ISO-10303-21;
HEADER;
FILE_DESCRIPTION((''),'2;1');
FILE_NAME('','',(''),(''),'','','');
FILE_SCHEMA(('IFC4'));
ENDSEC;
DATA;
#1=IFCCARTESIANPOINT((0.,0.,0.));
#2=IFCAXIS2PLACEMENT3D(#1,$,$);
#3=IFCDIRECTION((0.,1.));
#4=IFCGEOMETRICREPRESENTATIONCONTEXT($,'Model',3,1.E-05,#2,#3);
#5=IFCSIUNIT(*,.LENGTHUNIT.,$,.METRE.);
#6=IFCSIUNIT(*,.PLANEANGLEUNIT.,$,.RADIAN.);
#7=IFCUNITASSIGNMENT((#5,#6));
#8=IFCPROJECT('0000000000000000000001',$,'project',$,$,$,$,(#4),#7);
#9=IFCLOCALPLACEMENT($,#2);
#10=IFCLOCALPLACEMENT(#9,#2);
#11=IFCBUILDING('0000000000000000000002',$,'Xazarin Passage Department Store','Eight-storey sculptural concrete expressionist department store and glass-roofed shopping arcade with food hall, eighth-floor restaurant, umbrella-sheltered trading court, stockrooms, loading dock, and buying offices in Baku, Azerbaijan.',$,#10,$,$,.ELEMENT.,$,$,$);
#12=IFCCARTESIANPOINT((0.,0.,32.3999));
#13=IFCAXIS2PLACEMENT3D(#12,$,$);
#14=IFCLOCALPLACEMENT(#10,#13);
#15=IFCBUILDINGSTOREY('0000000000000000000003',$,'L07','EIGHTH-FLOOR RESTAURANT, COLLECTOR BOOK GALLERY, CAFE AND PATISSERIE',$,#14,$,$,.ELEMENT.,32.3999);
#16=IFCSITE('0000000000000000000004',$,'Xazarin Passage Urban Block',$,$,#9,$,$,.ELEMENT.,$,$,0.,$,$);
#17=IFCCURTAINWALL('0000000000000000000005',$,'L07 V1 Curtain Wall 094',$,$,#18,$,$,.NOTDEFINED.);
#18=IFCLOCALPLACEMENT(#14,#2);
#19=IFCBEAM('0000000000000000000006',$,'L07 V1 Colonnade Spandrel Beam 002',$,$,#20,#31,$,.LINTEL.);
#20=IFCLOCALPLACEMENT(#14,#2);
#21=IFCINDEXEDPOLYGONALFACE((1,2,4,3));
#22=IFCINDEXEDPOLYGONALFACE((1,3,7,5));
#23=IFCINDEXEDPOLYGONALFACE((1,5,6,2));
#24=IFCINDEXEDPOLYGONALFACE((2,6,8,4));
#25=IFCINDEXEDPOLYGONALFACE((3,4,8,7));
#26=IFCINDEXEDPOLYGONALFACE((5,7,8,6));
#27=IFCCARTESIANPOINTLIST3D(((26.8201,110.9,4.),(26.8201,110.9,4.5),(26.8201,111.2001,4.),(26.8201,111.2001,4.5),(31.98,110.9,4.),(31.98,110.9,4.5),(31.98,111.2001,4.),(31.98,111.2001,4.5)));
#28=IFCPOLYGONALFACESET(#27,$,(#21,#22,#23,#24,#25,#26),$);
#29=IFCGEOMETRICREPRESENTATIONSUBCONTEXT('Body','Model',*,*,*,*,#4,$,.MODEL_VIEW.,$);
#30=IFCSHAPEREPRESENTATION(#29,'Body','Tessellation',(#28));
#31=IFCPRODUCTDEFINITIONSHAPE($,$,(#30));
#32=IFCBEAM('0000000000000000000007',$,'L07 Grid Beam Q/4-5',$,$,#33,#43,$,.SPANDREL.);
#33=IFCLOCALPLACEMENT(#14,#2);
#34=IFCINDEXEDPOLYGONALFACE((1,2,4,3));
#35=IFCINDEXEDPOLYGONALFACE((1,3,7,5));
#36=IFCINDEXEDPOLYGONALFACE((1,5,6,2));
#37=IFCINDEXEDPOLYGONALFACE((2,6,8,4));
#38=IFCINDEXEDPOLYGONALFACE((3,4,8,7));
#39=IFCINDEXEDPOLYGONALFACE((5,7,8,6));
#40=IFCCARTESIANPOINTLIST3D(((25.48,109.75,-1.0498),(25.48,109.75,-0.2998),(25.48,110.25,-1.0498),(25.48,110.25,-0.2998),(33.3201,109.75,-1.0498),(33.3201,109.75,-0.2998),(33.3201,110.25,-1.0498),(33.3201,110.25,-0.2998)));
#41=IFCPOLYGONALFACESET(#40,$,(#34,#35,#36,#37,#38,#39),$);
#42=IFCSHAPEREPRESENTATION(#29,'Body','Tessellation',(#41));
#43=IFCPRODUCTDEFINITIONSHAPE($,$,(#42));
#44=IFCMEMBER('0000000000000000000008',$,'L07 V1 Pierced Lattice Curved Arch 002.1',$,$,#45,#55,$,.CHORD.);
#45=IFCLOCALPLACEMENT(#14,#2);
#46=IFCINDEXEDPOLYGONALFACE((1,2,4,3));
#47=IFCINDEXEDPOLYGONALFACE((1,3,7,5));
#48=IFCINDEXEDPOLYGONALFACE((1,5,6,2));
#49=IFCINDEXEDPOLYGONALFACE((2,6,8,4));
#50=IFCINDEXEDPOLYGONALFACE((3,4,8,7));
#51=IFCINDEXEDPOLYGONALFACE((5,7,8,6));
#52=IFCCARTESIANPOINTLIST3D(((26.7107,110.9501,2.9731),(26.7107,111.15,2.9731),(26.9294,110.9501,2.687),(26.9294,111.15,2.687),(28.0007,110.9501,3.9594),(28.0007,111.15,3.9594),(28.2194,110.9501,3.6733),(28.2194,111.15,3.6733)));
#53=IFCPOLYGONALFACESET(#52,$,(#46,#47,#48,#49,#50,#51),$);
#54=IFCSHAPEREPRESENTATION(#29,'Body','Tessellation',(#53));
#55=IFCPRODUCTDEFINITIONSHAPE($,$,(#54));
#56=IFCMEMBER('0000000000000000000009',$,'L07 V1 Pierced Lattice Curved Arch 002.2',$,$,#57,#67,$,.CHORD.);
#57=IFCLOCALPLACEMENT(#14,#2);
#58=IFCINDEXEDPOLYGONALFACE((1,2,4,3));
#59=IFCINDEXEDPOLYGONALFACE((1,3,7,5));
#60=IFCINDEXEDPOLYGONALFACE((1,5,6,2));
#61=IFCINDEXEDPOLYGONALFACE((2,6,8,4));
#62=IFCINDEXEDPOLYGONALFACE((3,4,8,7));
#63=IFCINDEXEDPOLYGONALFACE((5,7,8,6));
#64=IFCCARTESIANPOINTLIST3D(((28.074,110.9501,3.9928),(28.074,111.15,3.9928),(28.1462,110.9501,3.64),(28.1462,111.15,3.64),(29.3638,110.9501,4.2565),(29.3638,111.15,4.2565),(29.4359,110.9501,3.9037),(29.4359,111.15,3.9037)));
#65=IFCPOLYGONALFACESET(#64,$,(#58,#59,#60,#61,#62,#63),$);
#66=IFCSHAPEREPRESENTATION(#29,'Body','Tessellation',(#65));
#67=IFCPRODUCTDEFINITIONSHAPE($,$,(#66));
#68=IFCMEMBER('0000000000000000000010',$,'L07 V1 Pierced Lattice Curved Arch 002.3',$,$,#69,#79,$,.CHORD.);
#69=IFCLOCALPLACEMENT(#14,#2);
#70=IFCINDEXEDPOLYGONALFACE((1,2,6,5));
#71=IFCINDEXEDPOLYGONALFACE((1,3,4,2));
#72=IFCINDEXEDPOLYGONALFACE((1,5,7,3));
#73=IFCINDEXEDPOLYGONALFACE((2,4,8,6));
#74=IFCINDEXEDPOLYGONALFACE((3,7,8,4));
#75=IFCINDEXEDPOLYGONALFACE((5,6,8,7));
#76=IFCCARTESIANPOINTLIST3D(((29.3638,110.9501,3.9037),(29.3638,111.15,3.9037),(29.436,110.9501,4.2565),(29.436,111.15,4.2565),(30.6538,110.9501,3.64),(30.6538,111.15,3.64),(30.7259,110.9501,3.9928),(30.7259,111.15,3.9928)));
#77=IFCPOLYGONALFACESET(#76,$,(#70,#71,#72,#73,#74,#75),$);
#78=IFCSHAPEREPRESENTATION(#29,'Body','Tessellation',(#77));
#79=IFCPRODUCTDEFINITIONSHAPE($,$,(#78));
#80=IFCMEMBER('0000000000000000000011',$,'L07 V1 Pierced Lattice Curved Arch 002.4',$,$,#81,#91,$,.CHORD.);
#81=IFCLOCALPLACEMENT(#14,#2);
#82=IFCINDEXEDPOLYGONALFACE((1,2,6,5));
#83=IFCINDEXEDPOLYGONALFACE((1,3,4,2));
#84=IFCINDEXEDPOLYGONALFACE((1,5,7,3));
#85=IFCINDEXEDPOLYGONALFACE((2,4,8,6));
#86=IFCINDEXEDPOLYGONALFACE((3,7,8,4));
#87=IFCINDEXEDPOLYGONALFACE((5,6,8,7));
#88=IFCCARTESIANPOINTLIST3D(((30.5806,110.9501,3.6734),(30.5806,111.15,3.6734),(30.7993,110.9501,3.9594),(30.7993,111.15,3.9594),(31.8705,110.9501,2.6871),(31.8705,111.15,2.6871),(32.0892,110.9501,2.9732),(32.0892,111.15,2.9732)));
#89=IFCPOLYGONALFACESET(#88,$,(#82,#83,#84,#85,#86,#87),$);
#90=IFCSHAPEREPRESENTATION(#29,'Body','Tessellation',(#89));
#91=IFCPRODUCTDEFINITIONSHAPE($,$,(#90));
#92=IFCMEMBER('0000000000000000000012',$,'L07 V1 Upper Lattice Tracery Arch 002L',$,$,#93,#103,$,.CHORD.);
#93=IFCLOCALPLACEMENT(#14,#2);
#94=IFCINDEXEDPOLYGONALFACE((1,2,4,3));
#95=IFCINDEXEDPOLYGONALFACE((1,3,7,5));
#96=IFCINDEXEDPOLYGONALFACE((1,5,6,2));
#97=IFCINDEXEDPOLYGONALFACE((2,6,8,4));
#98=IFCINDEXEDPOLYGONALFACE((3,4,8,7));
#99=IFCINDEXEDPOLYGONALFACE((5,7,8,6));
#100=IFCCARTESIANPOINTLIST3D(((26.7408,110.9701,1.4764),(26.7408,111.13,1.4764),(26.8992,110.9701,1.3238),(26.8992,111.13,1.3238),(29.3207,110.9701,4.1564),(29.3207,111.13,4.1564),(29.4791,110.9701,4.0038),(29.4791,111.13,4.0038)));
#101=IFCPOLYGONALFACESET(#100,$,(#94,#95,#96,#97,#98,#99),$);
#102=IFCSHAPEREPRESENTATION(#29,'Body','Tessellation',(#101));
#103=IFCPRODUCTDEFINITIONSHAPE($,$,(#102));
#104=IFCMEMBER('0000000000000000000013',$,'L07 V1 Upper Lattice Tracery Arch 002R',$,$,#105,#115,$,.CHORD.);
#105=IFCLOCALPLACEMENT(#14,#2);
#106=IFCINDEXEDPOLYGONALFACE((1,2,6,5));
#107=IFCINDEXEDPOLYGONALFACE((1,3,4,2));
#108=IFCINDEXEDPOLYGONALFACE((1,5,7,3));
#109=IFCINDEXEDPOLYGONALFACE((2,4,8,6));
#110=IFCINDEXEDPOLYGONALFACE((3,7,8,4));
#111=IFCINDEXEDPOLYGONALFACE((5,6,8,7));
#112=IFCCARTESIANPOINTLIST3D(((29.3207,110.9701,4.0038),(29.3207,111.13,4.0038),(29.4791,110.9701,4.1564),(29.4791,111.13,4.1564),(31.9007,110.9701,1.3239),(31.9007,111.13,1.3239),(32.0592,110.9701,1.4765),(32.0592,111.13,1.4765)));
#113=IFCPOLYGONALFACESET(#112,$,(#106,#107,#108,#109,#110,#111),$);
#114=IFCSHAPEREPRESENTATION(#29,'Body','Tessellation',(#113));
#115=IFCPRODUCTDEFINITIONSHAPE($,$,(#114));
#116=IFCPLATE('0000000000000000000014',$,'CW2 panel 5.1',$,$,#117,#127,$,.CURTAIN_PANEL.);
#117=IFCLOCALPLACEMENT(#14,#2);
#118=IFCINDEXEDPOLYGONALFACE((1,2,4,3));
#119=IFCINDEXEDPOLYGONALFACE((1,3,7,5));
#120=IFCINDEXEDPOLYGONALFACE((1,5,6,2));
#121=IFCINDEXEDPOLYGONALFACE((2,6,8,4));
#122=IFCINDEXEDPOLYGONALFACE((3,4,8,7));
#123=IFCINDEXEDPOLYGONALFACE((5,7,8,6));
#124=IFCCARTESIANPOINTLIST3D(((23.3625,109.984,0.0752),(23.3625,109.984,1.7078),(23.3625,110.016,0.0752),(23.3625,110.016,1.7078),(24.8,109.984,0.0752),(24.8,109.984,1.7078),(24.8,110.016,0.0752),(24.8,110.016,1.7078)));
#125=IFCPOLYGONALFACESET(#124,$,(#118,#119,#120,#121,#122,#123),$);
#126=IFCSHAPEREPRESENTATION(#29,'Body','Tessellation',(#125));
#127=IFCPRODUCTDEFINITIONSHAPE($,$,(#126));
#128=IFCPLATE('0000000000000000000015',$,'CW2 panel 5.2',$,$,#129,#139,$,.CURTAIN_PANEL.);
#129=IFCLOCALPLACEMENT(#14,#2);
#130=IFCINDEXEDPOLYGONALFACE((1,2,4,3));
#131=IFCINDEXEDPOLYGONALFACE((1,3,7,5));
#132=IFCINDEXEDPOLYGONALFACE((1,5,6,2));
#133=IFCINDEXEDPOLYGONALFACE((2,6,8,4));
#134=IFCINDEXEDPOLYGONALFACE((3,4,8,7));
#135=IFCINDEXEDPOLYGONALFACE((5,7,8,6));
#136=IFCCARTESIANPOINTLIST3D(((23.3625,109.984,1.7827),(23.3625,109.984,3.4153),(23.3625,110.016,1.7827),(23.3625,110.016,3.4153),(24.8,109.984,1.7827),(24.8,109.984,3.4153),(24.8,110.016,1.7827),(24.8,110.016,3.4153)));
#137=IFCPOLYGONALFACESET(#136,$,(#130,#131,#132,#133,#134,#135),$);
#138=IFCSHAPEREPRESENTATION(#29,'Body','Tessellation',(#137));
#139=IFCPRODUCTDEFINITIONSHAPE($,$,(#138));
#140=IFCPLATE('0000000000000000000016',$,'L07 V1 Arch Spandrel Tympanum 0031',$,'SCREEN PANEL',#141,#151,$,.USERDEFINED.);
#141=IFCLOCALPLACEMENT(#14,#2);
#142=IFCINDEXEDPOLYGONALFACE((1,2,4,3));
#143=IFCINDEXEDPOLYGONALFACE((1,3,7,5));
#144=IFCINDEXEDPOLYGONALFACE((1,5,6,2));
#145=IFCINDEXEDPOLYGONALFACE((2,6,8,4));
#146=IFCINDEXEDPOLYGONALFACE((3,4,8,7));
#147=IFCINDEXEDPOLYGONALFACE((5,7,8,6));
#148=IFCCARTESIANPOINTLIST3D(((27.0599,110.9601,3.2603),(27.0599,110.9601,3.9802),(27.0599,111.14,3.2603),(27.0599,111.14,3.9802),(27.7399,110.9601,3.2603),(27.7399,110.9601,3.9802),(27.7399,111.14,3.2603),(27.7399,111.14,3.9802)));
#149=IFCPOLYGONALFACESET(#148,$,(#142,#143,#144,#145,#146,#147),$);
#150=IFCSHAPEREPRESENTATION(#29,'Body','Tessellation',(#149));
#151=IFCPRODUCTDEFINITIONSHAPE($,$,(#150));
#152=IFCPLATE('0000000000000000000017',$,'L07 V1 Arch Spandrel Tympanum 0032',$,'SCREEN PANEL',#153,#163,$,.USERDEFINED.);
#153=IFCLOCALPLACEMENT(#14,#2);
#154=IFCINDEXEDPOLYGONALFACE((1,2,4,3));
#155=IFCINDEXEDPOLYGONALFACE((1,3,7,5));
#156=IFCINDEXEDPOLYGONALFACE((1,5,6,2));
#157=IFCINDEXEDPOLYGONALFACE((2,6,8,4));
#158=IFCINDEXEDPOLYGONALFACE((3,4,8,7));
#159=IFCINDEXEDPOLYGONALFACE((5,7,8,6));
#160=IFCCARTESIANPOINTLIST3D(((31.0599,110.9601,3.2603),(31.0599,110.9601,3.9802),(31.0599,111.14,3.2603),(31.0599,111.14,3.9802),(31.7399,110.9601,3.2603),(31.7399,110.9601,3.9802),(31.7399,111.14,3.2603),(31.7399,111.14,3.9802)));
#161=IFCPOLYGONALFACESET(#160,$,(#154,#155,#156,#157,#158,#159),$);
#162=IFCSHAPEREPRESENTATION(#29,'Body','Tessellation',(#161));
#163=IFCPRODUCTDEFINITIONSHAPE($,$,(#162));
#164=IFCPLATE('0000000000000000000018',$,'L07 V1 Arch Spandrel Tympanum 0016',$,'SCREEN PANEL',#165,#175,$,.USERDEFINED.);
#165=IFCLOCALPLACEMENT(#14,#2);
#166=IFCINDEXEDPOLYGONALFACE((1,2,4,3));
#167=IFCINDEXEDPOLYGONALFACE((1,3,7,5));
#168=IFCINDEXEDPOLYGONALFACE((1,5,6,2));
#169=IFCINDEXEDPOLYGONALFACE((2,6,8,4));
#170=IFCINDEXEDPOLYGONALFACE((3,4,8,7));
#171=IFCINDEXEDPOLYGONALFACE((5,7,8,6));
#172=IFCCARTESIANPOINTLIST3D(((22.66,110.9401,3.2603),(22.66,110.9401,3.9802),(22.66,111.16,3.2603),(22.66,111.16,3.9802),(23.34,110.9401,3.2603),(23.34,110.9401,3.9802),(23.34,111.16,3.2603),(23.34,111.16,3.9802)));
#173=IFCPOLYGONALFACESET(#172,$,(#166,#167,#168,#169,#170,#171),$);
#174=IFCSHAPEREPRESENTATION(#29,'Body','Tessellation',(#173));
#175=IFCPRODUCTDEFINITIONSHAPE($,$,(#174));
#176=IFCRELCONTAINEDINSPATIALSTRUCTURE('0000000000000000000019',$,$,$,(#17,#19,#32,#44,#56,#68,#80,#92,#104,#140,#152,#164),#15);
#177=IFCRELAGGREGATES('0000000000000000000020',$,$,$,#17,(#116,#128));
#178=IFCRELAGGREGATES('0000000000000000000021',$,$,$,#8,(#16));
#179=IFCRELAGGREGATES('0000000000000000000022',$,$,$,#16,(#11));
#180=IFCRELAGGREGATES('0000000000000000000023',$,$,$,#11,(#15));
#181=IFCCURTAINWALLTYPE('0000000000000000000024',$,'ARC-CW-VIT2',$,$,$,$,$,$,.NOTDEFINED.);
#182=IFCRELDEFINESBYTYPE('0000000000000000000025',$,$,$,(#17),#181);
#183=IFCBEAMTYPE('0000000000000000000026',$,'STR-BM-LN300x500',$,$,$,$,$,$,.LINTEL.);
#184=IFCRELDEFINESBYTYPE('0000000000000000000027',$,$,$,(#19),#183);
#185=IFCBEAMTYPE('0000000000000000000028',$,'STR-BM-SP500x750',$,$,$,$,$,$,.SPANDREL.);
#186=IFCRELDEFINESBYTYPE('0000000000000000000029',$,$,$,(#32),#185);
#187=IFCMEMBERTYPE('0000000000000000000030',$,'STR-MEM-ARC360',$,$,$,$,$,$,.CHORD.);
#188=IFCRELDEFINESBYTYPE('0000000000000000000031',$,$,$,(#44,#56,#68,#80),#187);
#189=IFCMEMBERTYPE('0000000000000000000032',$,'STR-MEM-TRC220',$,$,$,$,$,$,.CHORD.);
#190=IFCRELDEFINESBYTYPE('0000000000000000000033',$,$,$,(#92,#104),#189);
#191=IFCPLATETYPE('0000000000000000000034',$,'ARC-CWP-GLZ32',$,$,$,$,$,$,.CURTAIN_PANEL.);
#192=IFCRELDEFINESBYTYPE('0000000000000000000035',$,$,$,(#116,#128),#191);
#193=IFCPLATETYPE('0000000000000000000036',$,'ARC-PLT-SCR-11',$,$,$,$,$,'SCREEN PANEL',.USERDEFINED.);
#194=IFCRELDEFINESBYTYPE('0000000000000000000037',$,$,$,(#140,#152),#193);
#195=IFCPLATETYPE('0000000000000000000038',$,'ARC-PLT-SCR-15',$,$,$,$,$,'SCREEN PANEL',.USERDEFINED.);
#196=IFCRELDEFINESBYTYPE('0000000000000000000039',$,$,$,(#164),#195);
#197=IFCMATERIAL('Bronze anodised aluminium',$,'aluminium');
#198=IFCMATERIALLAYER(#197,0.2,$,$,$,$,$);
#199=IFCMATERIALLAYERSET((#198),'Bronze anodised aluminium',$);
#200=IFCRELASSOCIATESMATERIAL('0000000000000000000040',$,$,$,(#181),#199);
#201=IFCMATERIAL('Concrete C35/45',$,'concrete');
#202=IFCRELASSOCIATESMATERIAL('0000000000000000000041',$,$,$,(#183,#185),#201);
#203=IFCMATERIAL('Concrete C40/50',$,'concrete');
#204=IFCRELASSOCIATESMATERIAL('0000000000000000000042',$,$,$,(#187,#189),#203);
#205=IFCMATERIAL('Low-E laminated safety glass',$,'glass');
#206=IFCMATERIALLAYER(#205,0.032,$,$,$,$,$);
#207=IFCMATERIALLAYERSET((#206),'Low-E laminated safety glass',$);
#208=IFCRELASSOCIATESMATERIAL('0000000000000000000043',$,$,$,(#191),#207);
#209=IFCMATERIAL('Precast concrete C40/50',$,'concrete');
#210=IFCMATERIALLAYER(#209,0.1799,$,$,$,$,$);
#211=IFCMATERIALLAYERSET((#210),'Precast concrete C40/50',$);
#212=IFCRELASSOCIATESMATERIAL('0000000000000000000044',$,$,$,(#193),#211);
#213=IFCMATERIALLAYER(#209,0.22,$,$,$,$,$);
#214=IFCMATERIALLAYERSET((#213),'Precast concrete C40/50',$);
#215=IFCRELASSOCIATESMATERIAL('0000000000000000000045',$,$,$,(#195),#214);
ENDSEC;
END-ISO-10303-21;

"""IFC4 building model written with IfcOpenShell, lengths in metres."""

from ifc_helpers import new_model, si_unit, direction, frame, origin, origin_2d, place, context, subcontext, project, spatial, rectangle, extrude, material, layer, layer_set, material_profile, profile_set, type_object, element, aggregate, save


model = new_model("IFC4")

# Units and contexts
model_context = context("Model", 3, precision=1e-05, world=origin(), true_north=direction((0.0, 1.0)))
body_context = subcontext(model_context, "Body", "Model", "MODEL_VIEW")
ifc_project = project(units=[si_unit("LENGTHUNIT", "METRE"), si_unit("PLANEANGLEUNIT", "RADIAN")], contexts=[model_context])

# Site, building, storey
site_placement = place(None, origin())
site = spatial("IfcSite", under=ifc_project, at=site_placement, Name="Xazarin Passage Urban Block", CompositionType="ELEMENT", RefElevation=0.0)
building_placement = place(site_placement, origin())
building = spatial("IfcBuilding", under=site, at=building_placement, Name="Xazarin Passage Department Store", Description="Eight-storey sculptural concrete expressionist department store and glass-roofed shopping arcade with food hall, eighth-floor restaurant, umbrella-sheltered trading court, stockrooms, loading dock, and buying offices in Baku, Azerbaijan.", CompositionType="ELEMENT")
storey_placement = place(building_placement, frame((0.0, 0.0, 32.3999)))
storey = spatial("IfcBuildingStorey", under=building, at=storey_placement, Name="L07", Description="EIGHTH-FLOOR RESTAURANT, COLLECTOR BOOK GALLERY, CAFE AND PATISSERIE", CompositionType="ELEMENT", Elevation=32.3999)

# Shared definitions
ifc_material_1 = material(Name="Concrete C40/50", Category="concrete")

# Curtain wall
ifc_material_2 = material(Name="Bronze anodised aluminium", Category="aluminium")
ifc_layer_1 = layer(ifc_material_2, 0.2)
ifc_layer_set_1 = layer_set([ifc_layer_1], Name="Bronze anodised aluminium")
curtain_wall_type = type_object("IfcCurtainWallType", Name="ARC-CW-VIT2", PredefinedType="NOTDEFINED", material=ifc_layer_set_1)
curtain_wall_placement = place(storey_placement, origin())
curtain_wall = element("IfcCurtainWall", 1, at=curtain_wall_placement, inside=storey, type_object=curtain_wall_type, Name="L07 V1 Curtain Wall 094", PredefinedType="NOTDEFINED")

# Beams
ifc_material_3 = material(Name="Concrete C35/45", Category="concrete")
ifc_material_profile_1 = material_profile(ifc_material_3, rectangle(XDim=0.3, YDim=0.5, at=origin_2d()), Name="RC 300x500")
ifc_profile_set_1 = profile_set([ifc_material_profile_1], Name="Concrete C35/45")
beam_type_1 = type_object("IfcBeamType", Name="STR-BM-LN300x500", PredefinedType="LINTEL", material=ifc_profile_set_1)
beam_1_placement = place(storey_placement, frame((26.8201, 111.05, 4.25), z_axis=(1.0, 0.0, 0.0), x_axis=(0.0, 1.0, 0.0)))
element("IfcBeam", 2, at=beam_1_placement, inside=storey, type_object=beam_type_1, Name="L07 V1 Colonnade Spandrel Beam 002", PredefinedType="LINTEL", context=body_context, shape_type="SweptSolid", body=[
    extrude(rectangle(XDim=0.3, YDim=0.5, at=origin_2d()), origin(), (0.0, 0.0, 1.0), 5.1599),
])
ifc_material_profile_2 = material_profile(ifc_material_3, rectangle(XDim=0.5, YDim=0.75, at=origin_2d()), Name="RC 500x750")
ifc_profile_set_2 = profile_set([ifc_material_profile_2], Name="Concrete C35/45")
beam_type_2 = type_object("IfcBeamType", Name="STR-BM-SP500x750", PredefinedType="SPANDREL", material=ifc_profile_set_2)
beam_2_placement = place(storey_placement, frame((25.48, 110.0, -0.6748), z_axis=(1.0, 0.0, 0.0), x_axis=(0.0, 1.0, 0.0)))
element("IfcBeam", 3, at=beam_2_placement, inside=storey, type_object=beam_type_2, Name="L07 Grid Beam Q/4-5", PredefinedType="SPANDREL", context=body_context, shape_type="SweptSolid", body=[
    extrude(rectangle(XDim=0.5, YDim=0.75, at=origin_2d()), origin(), (0.0, 0.0, 1.0), 7.8401),
])

# Members
ifc_material_profile_3 = material_profile(ifc_material_1, rectangle(XDim=0.2, YDim=0.3601, at=origin_2d()), Name="RC 200x360")
ifc_profile_set_3 = profile_set([ifc_material_profile_3], Name="Concrete C40/50")
member_type_1 = type_object("IfcMemberType", Name="STR-MEM-ARC360", PredefinedType="CHORD", material=ifc_profile_set_3)
member_1_placement = place(storey_placement, frame((26.8201, 111.05, 2.8301), z_axis=(0.794409, 0.0, 0.607383), x_axis=(0.0, 1.0, 0.0)))
element("IfcMember", 4, at=member_1_placement, inside=storey, type_object=member_type_1, Name="L07 V1 Pierced Lattice Curved Arch 002.1", PredefinedType="CHORD", context=body_context, shape_type="SweptSolid", body=[
    extrude(rectangle(XDim=0.2, YDim=0.3601, at=origin_2d()), origin(), (0.0, 0.0, 1.0), 1.6238),
])
member_2_placement = place(storey_placement, frame((28.1101, 111.05, 3.8164), z_axis=(0.979737, 0.0, 0.200287), x_axis=(0.0, 1.0, 0.0)))
element("IfcMember", 5, at=member_2_placement, inside=storey, type_object=member_type_1, Name="L07 V1 Pierced Lattice Curved Arch 002.2", PredefinedType="CHORD", context=body_context, shape_type="SweptSolid", body=[
    extrude(rectangle(XDim=0.2, YDim=0.3601, at=origin_2d()), origin(), (0.0, 0.0, 1.0), 1.3164),
])
member_3_placement = place(storey_placement, frame((29.3999, 111.05, 4.0801), z_axis=(0.979745, 0.0, -0.200251), x_axis=(0.0, 1.0, 0.0)))
element("IfcMember", 6, at=member_3_placement, inside=storey, type_object=member_type_1, Name="L07 V1 Pierced Lattice Curved Arch 002.3", PredefinedType="CHORD", context=body_context, shape_type="SweptSolid", body=[
    extrude(rectangle(XDim=0.2, YDim=0.3601, at=origin_2d()), origin(), (0.0, 0.0, 1.0), 1.3167),
])
member_4_placement = place(storey_placement, frame((30.6899, 111.05, 3.8164), z_axis=(0.794409, 0.0, -0.607383), x_axis=(0.0, 1.0, 0.0)))
element("IfcMember", 7, at=member_4_placement, inside=storey, type_object=member_type_1, Name="L07 V1 Pierced Lattice Curved Arch 002.4", PredefinedType="CHORD", context=body_context, shape_type="SweptSolid", body=[
    extrude(rectangle(XDim=0.2, YDim=0.3601, at=origin_2d()), origin(), (0.0, 0.0, 1.0), 1.6238),
])
ifc_material_profile_4 = material_profile(ifc_material_1, rectangle(XDim=0.1599, YDim=0.22, at=origin_2d()), Name="RC 160x220")
ifc_profile_set_4 = profile_set([ifc_material_profile_4], Name="Concrete C40/50")
member_type_2 = type_object("IfcMemberType", Name="STR-MEM-TRC220", PredefinedType="CHORD", material=ifc_profile_set_4)
for number, where, z_axis, x_axis, name in (
    (8, (29.3999, 111.05, 4.0801), (-0.693524, 0.0, -0.720433), (0.0, -1.0, 0.0), "L07 V1 Upper Lattice Tracery Arch 002L"),
    (9, (29.3999, 111.05, 4.0801), (0.693558, 0.0, -0.7204), (0.0, 1.0, 0.0), "L07 V1 Upper Lattice Tracery Arch 002R"),
):
    element("IfcMember", number, at=place(storey_placement, frame(where, z_axis=z_axis, x_axis=x_axis)), inside=storey, type_object=member_type_2, Name=name, PredefinedType="CHORD", context=body_context, shape_type="SweptSolid", body=[
        extrude(rectangle(XDim=0.1599, YDim=0.22, at=origin_2d()), origin(), (0.0, 0.0, 1.0), 3.72),
    ])

# Plates
ifc_material_4 = material(Name="Low-E laminated safety glass", Category="glass")
ifc_layer_2 = layer(ifc_material_4, 0.032)
ifc_layer_set_2 = layer_set([ifc_layer_2], Name="Low-E laminated safety glass")
plate_type_1 = type_object("IfcPlateType", Name="ARC-CWP-GLZ32", PredefinedType="CURTAIN_PANEL", material=ifc_layer_set_2)
plate_1_placement = place(storey_placement, frame((24.0813, 110.0, 0.0752), z_axis=(0.0, 0.0, 1.0), x_axis=(1.0, 0.0, 0.0)))
plate_1 = element("IfcPlate", 10, at=plate_1_placement, type_object=plate_type_1, Name="CW2 panel 5.1", PredefinedType="CURTAIN_PANEL", context=body_context, shape_type="SweptSolid", body=[
    extrude(rectangle(XDim=1.4375, YDim=0.032, at=origin_2d()), origin(), (0.0, 0.0, 1.0), 1.6326),
])
plate_2_placement = place(storey_placement, frame((24.0813, 110.0, 1.7827), z_axis=(0.0, 0.0, 1.0), x_axis=(1.0, 0.0, 0.0)))
plate_2 = element("IfcPlate", 11, at=plate_2_placement, type_object=plate_type_1, Name="CW2 panel 5.2", PredefinedType="CURTAIN_PANEL", context=body_context, shape_type="SweptSolid", body=[
    extrude(rectangle(XDim=1.4375, YDim=0.032, at=origin_2d()), origin(), (0.0, 0.0, 1.0), 1.6326),
])
aggregate(curtain_wall, [plate_1, plate_2])

# Plates
ifc_material_5 = material(Name="Precast concrete C40/50", Category="concrete")
ifc_layer_3 = layer(ifc_material_5, 0.1799)
ifc_layer_set_3 = layer_set([ifc_layer_3], Name="Precast concrete C40/50")
plate_type_2 = type_object("IfcPlateType", Name="ARC-PLT-SCR-11", ElementType="SCREEN PANEL", PredefinedType="USERDEFINED", material=ifc_layer_set_3)
for number, where, z_axis, x_axis, name in (
    (12, (27.3999, 111.05, 3.2603), (0.0, 0.0, 1.0), (1.0, 0.0, 0.0), "L07 V1 Arch Spandrel Tympanum 0031"),
    (13, (31.3999, 111.05, 3.2603), (0.0, 0.0, 1.0), (1.0, 0.0, 0.0), "L07 V1 Arch Spandrel Tympanum 0032"),
):
    element("IfcPlate", number, at=place(storey_placement, frame(where, z_axis=z_axis, x_axis=x_axis)), inside=storey, type_object=plate_type_2, Name=name, ObjectType="SCREEN PANEL", PredefinedType="USERDEFINED", context=body_context, shape_type="SweptSolid", body=[
        extrude(rectangle(XDim=0.6799, YDim=0.1799, at=origin_2d()), origin(), (0.0, 0.0, 1.0), 0.72),
    ])
ifc_layer_4 = layer(ifc_material_5, 0.22)
ifc_layer_set_4 = layer_set([ifc_layer_4], Name="Precast concrete C40/50")
plate_type_3 = type_object("IfcPlateType", Name="ARC-PLT-SCR-15", ElementType="SCREEN PANEL", PredefinedType="USERDEFINED", material=ifc_layer_set_4)
plate_3_placement = place(storey_placement, frame((23.0, 111.05, 3.2603), z_axis=(0.0, 0.0, 1.0), x_axis=(1.0, 0.0, 0.0)))
element("IfcPlate", 14, at=plate_3_placement, inside=storey, type_object=plate_type_3, Name="L07 V1 Arch Spandrel Tympanum 0016", ObjectType="SCREEN PANEL", PredefinedType="USERDEFINED", context=body_context, shape_type="SweptSolid", body=[
    extrude(rectangle(XDim=0.6799, YDim=0.22, at=origin_2d()), origin(), (0.0, 0.0, 1.0), 0.72),
])

save(model, "model.ifc")
